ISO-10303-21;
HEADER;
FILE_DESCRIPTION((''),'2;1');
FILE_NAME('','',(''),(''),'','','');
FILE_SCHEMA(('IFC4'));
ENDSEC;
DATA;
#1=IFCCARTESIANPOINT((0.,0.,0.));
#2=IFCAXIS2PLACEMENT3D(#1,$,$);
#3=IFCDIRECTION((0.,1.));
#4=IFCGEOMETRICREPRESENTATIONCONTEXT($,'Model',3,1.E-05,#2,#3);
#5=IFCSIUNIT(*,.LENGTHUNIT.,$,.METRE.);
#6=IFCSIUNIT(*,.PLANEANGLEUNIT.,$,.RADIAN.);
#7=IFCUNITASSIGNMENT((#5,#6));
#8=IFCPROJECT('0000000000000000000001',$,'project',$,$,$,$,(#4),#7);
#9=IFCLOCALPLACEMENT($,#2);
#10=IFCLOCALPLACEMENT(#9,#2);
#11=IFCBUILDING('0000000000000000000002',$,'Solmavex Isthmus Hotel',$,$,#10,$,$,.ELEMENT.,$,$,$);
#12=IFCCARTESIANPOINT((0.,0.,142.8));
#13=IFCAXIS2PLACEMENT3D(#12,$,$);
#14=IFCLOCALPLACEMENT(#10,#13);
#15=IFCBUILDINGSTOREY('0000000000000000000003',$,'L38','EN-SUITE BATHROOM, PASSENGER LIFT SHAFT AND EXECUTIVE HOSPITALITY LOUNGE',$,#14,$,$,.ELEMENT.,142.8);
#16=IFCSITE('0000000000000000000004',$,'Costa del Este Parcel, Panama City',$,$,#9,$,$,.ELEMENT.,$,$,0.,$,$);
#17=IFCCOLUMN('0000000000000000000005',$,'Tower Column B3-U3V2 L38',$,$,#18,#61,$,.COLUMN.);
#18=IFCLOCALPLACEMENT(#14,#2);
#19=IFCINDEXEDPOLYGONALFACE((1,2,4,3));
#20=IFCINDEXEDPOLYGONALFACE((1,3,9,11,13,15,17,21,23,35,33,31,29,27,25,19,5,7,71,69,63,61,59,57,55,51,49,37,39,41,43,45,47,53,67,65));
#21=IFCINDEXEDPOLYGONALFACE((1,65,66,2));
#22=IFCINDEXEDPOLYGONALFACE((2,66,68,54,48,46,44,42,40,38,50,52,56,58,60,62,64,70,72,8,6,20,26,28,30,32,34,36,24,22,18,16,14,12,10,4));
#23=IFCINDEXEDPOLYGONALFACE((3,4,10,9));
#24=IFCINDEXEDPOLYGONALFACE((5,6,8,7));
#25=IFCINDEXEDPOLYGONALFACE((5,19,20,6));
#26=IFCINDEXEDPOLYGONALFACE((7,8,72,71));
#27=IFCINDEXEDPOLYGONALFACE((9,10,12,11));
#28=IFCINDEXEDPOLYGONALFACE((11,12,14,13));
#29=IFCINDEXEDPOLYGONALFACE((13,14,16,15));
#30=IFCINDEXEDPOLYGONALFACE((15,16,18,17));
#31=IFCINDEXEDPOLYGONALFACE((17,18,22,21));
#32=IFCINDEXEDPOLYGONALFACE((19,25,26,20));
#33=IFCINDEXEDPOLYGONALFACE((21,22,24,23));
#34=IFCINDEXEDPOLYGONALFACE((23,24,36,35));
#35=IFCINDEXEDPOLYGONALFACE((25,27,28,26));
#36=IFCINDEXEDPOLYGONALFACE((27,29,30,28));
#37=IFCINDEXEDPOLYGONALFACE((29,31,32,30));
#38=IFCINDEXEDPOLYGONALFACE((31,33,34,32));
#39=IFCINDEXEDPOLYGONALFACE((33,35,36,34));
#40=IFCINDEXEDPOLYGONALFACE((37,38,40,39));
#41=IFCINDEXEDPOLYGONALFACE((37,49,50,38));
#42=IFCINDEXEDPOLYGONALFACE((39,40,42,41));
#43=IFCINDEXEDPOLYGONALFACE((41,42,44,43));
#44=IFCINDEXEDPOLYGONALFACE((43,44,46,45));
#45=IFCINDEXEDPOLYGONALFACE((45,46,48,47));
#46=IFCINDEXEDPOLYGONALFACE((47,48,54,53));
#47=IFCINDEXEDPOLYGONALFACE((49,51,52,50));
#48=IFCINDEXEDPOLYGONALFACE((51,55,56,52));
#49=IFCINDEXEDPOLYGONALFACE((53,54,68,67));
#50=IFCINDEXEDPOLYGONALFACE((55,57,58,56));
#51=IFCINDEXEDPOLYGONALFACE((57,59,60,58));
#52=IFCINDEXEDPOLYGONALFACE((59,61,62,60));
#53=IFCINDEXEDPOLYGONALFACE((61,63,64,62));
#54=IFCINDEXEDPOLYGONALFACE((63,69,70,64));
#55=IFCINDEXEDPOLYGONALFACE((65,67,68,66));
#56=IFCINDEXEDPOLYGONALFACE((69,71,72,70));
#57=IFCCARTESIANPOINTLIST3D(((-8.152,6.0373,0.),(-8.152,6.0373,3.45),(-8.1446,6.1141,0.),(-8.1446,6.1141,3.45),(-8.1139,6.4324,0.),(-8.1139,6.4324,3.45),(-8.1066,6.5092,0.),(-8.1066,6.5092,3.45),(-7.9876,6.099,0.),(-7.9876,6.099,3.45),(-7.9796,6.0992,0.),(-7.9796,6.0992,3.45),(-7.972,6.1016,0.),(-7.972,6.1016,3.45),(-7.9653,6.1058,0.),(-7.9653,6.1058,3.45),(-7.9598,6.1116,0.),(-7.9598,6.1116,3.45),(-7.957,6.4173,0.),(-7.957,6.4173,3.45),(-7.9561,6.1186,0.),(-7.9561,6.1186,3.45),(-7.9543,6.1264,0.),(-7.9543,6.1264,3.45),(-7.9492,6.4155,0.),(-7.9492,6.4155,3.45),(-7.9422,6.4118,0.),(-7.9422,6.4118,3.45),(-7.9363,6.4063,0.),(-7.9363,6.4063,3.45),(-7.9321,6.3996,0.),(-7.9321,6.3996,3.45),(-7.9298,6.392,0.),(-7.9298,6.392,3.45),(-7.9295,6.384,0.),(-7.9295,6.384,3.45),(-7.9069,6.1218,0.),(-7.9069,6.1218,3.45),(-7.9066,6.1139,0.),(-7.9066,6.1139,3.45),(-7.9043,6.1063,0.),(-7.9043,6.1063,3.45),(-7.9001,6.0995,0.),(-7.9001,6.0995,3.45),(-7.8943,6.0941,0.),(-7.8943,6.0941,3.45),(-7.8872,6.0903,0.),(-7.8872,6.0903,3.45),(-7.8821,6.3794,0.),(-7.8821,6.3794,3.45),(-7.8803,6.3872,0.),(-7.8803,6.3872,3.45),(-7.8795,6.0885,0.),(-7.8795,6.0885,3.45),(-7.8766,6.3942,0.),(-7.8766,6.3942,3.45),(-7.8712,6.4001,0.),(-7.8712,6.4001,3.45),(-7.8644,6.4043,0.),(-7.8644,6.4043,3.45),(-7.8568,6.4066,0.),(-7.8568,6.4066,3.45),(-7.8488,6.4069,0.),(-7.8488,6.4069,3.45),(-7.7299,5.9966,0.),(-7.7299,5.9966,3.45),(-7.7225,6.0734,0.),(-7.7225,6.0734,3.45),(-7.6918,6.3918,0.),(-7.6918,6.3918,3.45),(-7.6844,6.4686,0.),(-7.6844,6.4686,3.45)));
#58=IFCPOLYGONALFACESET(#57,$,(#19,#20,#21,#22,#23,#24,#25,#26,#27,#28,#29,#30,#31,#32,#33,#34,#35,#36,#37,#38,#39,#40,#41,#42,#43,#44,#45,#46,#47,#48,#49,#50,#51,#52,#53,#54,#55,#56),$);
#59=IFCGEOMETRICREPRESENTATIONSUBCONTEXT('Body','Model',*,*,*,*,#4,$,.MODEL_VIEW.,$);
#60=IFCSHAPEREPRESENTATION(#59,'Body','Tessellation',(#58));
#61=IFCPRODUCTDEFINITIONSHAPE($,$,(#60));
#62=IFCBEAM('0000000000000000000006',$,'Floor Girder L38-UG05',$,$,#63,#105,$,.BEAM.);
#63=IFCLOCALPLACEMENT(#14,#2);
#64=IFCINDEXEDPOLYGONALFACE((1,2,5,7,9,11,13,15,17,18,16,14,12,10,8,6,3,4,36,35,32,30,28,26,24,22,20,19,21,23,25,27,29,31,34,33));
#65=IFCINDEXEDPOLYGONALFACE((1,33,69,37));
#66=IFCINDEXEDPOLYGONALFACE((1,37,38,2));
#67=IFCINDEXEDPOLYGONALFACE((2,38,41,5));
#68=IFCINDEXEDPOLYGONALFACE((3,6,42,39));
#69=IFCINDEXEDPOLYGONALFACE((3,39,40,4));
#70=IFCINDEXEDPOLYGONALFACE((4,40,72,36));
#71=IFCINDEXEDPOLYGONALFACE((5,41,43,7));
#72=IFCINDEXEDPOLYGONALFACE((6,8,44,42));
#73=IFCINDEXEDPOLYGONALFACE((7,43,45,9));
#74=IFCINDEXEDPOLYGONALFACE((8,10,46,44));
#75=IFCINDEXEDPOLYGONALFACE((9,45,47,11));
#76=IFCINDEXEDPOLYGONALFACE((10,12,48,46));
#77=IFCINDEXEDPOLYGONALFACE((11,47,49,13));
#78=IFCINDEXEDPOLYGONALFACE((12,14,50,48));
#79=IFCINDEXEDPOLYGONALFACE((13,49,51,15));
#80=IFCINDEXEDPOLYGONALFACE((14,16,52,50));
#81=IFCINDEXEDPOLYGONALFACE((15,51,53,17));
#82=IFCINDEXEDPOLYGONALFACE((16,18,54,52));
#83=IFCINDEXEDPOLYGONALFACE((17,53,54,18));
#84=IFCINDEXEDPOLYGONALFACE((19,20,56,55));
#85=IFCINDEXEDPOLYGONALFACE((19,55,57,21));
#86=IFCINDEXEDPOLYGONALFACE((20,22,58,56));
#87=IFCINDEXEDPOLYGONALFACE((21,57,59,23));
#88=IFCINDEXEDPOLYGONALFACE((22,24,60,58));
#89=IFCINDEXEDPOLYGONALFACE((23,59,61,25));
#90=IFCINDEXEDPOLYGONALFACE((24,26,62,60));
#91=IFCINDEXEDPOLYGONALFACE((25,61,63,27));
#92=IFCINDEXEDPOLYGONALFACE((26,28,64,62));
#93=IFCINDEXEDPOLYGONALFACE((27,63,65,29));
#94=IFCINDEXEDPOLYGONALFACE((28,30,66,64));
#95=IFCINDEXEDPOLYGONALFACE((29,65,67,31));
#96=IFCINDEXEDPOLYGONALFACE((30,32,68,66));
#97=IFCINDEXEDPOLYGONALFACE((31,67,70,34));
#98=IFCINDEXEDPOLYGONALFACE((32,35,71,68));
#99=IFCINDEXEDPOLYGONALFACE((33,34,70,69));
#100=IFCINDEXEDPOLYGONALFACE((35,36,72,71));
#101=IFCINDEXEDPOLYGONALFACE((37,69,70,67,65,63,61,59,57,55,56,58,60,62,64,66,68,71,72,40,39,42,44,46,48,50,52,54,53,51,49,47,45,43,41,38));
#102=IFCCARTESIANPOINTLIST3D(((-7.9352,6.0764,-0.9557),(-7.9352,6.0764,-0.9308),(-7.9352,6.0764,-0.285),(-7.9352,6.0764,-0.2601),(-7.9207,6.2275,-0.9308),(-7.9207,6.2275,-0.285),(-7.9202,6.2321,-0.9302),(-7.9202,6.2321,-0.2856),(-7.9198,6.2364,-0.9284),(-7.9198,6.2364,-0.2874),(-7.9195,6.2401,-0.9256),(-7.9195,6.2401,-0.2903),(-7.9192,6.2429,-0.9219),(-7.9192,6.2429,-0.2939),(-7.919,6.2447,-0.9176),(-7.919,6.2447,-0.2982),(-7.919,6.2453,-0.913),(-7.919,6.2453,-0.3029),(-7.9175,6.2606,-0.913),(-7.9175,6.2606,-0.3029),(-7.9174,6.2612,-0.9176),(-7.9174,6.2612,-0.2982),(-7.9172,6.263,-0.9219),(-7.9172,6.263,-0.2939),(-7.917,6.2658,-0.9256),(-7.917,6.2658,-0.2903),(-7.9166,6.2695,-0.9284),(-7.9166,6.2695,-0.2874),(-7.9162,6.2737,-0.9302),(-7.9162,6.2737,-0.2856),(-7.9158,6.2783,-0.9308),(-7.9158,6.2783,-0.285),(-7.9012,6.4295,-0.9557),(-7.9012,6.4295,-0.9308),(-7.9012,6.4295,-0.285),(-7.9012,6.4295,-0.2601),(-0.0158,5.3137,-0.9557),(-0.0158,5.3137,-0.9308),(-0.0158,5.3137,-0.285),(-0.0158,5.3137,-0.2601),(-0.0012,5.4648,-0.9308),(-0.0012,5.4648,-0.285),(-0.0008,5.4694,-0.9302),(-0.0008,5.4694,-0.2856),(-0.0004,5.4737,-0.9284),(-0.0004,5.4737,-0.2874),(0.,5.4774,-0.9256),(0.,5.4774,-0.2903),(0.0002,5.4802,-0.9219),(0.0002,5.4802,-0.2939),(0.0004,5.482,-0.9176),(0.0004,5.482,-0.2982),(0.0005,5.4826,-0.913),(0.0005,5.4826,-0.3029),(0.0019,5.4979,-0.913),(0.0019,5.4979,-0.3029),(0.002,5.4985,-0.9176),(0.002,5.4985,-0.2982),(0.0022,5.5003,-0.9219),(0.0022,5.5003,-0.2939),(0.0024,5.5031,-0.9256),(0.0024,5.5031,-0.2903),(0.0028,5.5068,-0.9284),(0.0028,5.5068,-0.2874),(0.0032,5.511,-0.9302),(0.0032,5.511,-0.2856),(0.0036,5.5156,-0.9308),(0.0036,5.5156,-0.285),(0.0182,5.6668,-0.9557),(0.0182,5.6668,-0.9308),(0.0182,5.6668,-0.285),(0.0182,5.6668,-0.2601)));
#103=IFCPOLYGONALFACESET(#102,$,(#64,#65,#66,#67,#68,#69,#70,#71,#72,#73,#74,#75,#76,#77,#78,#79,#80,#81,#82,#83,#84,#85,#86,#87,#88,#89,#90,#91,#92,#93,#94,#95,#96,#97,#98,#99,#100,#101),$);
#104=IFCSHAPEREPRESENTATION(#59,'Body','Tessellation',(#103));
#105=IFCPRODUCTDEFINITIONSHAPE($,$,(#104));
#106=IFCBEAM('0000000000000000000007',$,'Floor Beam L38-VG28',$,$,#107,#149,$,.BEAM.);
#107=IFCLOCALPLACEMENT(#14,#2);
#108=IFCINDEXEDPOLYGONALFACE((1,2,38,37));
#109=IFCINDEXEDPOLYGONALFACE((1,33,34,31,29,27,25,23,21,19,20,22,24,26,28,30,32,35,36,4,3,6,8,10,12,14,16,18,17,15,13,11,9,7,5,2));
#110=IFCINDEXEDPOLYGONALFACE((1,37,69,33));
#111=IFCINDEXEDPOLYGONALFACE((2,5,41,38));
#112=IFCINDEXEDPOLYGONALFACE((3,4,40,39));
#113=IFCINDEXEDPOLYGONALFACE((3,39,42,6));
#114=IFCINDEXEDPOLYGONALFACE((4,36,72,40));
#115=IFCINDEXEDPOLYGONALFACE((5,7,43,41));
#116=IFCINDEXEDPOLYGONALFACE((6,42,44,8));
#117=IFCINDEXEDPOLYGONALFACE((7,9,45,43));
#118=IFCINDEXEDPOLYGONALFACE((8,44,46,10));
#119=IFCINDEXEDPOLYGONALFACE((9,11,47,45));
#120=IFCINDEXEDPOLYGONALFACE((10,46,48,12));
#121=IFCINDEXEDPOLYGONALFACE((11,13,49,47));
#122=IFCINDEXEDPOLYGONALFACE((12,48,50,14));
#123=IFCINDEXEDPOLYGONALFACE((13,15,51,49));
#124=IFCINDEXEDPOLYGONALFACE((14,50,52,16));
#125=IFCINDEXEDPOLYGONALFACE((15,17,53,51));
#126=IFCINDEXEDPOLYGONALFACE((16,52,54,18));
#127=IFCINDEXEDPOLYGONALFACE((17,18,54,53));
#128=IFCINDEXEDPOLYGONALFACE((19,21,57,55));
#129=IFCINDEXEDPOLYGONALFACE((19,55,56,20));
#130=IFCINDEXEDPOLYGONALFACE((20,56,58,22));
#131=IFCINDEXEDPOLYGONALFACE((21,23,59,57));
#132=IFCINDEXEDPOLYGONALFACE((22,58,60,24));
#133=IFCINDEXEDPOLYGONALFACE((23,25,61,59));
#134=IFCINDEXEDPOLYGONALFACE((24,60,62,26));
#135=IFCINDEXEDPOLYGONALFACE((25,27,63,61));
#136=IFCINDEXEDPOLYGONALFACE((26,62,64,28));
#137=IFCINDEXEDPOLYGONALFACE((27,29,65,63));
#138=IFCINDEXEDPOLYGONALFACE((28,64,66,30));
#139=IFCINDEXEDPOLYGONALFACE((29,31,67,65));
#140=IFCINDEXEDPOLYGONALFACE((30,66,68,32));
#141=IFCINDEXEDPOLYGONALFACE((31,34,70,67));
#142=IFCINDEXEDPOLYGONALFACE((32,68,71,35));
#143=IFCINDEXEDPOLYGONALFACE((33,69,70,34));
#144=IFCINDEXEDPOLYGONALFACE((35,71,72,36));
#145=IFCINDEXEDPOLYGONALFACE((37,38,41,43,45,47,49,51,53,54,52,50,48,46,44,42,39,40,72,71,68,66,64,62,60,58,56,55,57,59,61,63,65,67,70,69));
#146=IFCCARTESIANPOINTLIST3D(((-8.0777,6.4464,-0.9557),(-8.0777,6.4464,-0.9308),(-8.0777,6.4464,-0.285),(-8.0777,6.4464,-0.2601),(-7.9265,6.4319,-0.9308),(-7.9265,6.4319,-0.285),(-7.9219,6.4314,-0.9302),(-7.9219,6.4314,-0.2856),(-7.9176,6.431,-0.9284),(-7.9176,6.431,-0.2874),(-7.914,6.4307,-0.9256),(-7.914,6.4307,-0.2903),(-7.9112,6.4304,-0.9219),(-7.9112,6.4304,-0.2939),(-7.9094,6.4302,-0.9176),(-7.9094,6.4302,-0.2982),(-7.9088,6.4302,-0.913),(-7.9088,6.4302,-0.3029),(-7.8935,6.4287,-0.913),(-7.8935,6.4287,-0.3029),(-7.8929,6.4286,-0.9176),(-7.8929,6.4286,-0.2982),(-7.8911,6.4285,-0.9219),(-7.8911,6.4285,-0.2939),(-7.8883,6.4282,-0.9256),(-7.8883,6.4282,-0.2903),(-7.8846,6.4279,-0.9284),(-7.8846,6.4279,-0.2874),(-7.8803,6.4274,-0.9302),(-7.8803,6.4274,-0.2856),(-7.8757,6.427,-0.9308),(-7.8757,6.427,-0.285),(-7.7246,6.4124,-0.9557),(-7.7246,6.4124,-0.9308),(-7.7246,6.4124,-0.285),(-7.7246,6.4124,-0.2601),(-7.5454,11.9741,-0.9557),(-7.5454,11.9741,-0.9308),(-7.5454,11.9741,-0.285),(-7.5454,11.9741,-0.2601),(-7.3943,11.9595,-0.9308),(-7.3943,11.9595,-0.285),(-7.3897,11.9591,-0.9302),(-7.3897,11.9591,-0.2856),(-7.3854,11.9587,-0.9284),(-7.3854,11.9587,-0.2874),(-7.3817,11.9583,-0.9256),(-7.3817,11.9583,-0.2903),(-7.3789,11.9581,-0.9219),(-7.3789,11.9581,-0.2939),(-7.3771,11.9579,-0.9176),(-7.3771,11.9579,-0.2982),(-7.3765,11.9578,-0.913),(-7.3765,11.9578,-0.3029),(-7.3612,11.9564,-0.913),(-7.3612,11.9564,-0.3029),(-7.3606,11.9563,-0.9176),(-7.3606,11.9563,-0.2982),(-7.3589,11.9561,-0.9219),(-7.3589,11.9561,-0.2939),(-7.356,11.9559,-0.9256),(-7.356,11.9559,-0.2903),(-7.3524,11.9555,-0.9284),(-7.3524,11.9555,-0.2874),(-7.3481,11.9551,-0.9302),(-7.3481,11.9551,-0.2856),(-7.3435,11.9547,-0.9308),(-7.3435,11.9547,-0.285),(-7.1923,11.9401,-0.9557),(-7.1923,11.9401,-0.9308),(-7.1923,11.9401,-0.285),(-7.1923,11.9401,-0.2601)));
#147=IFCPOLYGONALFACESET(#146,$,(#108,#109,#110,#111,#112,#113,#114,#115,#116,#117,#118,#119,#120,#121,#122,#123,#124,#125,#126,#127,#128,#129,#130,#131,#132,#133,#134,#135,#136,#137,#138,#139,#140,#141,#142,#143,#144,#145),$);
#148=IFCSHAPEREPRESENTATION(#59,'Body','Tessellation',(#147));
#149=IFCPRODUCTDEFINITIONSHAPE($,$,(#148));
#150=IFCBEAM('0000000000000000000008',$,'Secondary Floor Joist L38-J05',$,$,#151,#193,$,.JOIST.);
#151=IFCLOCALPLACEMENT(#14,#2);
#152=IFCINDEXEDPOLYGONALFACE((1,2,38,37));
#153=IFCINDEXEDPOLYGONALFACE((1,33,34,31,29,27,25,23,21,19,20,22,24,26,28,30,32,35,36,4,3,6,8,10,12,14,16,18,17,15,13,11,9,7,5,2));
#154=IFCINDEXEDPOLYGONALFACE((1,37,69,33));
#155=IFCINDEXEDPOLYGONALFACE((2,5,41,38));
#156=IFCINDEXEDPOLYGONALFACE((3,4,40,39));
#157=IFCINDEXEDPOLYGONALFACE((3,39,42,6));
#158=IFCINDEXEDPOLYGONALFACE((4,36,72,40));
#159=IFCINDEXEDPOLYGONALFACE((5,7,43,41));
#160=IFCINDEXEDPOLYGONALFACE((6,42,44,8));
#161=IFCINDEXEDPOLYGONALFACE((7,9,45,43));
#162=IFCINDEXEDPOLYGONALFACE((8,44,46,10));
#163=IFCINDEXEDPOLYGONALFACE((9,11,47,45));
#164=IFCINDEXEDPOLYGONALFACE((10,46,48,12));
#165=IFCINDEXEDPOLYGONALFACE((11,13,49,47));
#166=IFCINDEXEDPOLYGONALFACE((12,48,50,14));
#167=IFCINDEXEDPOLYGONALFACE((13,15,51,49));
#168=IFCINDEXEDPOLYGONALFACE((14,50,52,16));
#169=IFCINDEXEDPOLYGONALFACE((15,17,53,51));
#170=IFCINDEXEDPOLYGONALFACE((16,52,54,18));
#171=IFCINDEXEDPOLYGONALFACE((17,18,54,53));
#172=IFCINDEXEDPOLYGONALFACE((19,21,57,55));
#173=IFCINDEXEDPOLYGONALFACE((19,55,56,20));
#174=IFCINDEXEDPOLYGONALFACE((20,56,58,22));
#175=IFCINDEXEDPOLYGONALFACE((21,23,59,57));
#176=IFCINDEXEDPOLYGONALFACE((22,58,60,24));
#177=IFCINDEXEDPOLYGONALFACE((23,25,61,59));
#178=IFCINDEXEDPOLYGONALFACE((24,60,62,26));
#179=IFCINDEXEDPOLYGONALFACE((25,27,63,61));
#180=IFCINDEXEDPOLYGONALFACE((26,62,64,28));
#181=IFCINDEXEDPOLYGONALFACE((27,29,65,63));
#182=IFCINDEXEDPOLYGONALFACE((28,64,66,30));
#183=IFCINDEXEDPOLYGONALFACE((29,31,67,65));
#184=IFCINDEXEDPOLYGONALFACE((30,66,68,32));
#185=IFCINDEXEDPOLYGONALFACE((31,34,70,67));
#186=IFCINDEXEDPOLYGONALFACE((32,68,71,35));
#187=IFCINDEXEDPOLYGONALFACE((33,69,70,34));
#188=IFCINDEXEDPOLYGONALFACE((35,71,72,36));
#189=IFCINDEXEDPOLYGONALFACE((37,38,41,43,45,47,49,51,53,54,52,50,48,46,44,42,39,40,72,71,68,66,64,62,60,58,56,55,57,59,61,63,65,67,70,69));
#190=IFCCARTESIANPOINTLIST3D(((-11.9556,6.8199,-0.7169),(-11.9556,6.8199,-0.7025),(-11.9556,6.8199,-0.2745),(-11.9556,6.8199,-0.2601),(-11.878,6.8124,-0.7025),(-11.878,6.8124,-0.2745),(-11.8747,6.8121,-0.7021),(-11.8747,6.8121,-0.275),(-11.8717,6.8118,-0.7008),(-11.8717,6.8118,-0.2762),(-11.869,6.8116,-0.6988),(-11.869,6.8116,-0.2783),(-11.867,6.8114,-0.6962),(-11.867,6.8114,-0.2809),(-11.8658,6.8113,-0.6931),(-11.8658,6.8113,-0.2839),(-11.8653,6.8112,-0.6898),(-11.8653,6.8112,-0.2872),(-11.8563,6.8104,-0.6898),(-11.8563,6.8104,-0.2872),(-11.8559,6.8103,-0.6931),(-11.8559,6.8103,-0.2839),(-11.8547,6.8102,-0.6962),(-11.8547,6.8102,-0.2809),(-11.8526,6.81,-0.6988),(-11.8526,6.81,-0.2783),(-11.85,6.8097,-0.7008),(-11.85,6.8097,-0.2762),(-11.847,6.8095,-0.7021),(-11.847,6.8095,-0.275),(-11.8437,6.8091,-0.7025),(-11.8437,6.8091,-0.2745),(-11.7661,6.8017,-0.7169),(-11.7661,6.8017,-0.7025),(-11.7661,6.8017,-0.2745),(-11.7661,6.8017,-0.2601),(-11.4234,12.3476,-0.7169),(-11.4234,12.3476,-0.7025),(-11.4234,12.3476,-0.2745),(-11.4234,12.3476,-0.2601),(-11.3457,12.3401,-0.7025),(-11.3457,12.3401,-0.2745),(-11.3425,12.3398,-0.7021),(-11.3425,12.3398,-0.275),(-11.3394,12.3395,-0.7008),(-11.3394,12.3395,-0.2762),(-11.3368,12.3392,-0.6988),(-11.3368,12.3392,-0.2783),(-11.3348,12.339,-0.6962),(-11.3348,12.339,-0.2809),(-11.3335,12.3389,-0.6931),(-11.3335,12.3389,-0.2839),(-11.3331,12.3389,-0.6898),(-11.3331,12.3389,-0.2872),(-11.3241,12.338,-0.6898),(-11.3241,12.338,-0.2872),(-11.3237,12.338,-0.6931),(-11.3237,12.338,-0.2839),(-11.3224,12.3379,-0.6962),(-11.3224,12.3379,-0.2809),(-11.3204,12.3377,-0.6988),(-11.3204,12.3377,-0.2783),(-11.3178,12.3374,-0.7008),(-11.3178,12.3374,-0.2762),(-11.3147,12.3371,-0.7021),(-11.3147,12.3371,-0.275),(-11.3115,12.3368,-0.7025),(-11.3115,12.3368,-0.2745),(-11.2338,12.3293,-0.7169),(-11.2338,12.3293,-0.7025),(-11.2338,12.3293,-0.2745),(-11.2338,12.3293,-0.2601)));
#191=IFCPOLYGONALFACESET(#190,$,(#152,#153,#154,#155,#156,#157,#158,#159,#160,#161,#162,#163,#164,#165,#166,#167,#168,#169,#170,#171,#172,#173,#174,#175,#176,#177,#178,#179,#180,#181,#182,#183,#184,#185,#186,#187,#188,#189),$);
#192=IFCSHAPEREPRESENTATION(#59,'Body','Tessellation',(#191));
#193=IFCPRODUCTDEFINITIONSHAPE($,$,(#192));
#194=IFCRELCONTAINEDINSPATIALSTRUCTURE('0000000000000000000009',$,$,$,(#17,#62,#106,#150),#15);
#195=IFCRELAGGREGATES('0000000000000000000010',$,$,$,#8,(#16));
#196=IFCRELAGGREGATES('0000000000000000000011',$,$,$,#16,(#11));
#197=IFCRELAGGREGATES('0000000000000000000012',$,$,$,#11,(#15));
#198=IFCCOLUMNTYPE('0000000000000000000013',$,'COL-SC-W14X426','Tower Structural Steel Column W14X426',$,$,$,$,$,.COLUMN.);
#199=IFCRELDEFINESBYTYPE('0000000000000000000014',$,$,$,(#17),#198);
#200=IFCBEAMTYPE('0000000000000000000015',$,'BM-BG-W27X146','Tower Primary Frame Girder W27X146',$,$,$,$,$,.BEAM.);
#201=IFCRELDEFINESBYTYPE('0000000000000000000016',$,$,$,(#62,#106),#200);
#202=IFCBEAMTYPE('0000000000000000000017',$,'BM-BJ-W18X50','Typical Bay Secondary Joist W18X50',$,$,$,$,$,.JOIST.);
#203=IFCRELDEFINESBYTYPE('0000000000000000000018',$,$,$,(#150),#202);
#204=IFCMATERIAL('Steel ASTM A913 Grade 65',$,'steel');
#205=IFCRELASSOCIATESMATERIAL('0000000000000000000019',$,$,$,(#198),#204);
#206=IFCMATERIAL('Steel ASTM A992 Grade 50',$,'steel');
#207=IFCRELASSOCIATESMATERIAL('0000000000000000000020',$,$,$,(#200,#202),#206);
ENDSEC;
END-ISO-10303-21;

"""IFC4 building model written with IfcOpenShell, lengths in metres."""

from ifc_helpers import new_model, si_unit, direction, frame, origin, origin_2d, place, context, subcontext, project, spatial, i_section, extrude, material, material_profile, profile_set, type_object, element, save


model = new_model("IFC4")

# Units and contexts
model_context = context("Model", 3, precision=1e-05, world=origin(), true_north=direction((0.0, 1.0)))
body_context = subcontext(model_context, "Body", "Model", "MODEL_VIEW")
ifc_project = project(units=[si_unit("LENGTHUNIT", "METRE"), si_unit("PLANEANGLEUNIT", "RADIAN")], contexts=[model_context])

# Site, building, storey
site_placement = place(None, origin())
site = spatial("IfcSite", under=ifc_project, at=site_placement, Name="Costa del Este Parcel, Panama City", CompositionType="ELEMENT", RefElevation=0.0)
building_placement = place(site_placement, origin())
building = spatial("IfcBuilding", under=site, at=building_placement, Name="Solmavex Isthmus Hotel", CompositionType="ELEMENT")
storey_placement = place(building_placement, frame((0.0, 0.0, 142.8)))
storey = spatial("IfcBuildingStorey", under=building, at=storey_placement, Name="L38", Description="EN-SUITE BATHROOM, PASSENGER LIFT SHAFT AND EXECUTIVE HOSPITALITY LOUNGE", CompositionType="ELEMENT", Elevation=142.8)

# Column
ifc_material_1 = material(Name="Steel ASTM A913 Grade 65", Category="steel")
ifc_material_profile_1 = material_profile(ifc_material_1, i_section(OverallWidth=0.4241, OverallDepth=0.4741, WebThickness=0.0476, FlangeThickness=0.0771, FilletRadius=0.0305, at=origin_2d()), Name="W14X426")
ifc_profile_set_1 = profile_set([ifc_material_profile_1], Name="Steel ASTM A913 Grade 65")
column_type = type_object("IfcColumnType", Name="COL-SC-W14X426", Description="Tower Structural Steel Column W14X426", PredefinedType="COLUMN", material=ifc_profile_set_1)
column_placement = place(storey_placement, frame((-7.9182, 6.2529, 0.0), z_axis=(0.0, 0.0, 1.0), x_axis=(0.995396, -0.095846, 0.0)))
element("IfcColumn", 1, at=column_placement, inside=storey, type_object=column_type, Name="Tower Column B3-U3V2 L38", PredefinedType="COLUMN", context=body_context, shape_type="SweptSolid", body=[
    extrude(i_section(OverallWidth=0.4241, OverallDepth=0.4741, WebThickness=0.0476, FlangeThickness=0.0771, FilletRadius=0.0305, at=origin_2d()), origin(), (0.0, 0.0, 1.0), 3.45),
])

# Beams
ifc_material_2 = material(Name="Steel ASTM A992 Grade 50", Category="steel")
ifc_material_profile_2 = material_profile(ifc_material_2, i_section(OverallWidth=0.3547, OverallDepth=0.6956, WebThickness=0.0154, FlangeThickness=0.0249, FilletRadius=0.0178, at=origin_2d()), Name="W27X146")
ifc_profile_set_2 = profile_set([ifc_material_profile_2], Name="Steel ASTM A992 Grade 50")
beam_type_1 = type_object("IfcBeamType", Name="BM-BG-W27X146", Description="Tower Primary Frame Girder W27X146", PredefinedType="BEAM", material=ifc_profile_set_2)
beam_1_placement = place(storey_placement, frame((-7.9182, 6.2529, -0.6079), z_axis=(0.995395, -0.095863, 0.0), x_axis=(0.095863, 0.995395, 0.0)))
element("IfcBeam", 2, at=beam_1_placement, inside=storey, type_object=beam_type_1, Name="Floor Girder L38-UG05", PredefinedType="BEAM", context=body_context, shape_type="SweptSolid", body=[
    extrude(i_section(OverallWidth=0.3547, OverallDepth=0.6956, WebThickness=0.0154, FlangeThickness=0.0249, FilletRadius=0.0178, at=origin_2d()), origin(), (0.0, 0.0, 1.0), 7.9561),
])
beam_2_placement = place(storey_placement, frame((-7.9011, 6.4294, -0.6079), z_axis=(0.095842, 0.995397, 0.0), x_axis=(-0.995397, 0.095842, 0.0)))
element("IfcBeam", 3, at=beam_2_placement, inside=storey, type_object=beam_type_1, Name="Floor Beam L38-VG28", PredefinedType="BEAM", context=body_context, shape_type="SweptSolid", body=[
    extrude(i_section(OverallWidth=0.3547, OverallDepth=0.6956, WebThickness=0.0154, FlangeThickness=0.0249, FilletRadius=0.0178, at=origin_2d()), origin(), (0.0, 0.0, 1.0), 5.5532),
])
ifc_material_profile_3 = material_profile(ifc_material_2, i_section(OverallWidth=0.1904, OverallDepth=0.4568, WebThickness=0.009, FlangeThickness=0.0144, FilletRadius=0.0127, at=origin_2d()), Name="W18X50")
ifc_profile_set_3 = profile_set([ifc_material_profile_3], Name="Steel ASTM A992 Grade 50")
beam_type_2 = type_object("IfcBeamType", Name="BM-BJ-W18X50", Description="Typical Bay Secondary Joist W18X50", PredefinedType="JOIST", material=ifc_profile_set_3)
beam_3_placement = place(storey_placement, frame((-11.8608, 6.8108, -0.4885), z_axis=(0.095842, 0.995397, 0.0), x_axis=(-0.995397, 0.095842, 0.0)))
element("IfcBeam", 4, at=beam_3_placement, inside=storey, type_object=beam_type_2, Name="Secondary Floor Joist L38-J05", PredefinedType="JOIST", context=body_context, shape_type="SweptSolid", body=[
    extrude(i_section(OverallWidth=0.1904, OverallDepth=0.4568, WebThickness=0.009, FlangeThickness=0.0144, FilletRadius=0.0127, at=origin_2d()), origin(), (0.0, 0.0, 1.0), 5.5532),
])

save(model, "model.ifc")
